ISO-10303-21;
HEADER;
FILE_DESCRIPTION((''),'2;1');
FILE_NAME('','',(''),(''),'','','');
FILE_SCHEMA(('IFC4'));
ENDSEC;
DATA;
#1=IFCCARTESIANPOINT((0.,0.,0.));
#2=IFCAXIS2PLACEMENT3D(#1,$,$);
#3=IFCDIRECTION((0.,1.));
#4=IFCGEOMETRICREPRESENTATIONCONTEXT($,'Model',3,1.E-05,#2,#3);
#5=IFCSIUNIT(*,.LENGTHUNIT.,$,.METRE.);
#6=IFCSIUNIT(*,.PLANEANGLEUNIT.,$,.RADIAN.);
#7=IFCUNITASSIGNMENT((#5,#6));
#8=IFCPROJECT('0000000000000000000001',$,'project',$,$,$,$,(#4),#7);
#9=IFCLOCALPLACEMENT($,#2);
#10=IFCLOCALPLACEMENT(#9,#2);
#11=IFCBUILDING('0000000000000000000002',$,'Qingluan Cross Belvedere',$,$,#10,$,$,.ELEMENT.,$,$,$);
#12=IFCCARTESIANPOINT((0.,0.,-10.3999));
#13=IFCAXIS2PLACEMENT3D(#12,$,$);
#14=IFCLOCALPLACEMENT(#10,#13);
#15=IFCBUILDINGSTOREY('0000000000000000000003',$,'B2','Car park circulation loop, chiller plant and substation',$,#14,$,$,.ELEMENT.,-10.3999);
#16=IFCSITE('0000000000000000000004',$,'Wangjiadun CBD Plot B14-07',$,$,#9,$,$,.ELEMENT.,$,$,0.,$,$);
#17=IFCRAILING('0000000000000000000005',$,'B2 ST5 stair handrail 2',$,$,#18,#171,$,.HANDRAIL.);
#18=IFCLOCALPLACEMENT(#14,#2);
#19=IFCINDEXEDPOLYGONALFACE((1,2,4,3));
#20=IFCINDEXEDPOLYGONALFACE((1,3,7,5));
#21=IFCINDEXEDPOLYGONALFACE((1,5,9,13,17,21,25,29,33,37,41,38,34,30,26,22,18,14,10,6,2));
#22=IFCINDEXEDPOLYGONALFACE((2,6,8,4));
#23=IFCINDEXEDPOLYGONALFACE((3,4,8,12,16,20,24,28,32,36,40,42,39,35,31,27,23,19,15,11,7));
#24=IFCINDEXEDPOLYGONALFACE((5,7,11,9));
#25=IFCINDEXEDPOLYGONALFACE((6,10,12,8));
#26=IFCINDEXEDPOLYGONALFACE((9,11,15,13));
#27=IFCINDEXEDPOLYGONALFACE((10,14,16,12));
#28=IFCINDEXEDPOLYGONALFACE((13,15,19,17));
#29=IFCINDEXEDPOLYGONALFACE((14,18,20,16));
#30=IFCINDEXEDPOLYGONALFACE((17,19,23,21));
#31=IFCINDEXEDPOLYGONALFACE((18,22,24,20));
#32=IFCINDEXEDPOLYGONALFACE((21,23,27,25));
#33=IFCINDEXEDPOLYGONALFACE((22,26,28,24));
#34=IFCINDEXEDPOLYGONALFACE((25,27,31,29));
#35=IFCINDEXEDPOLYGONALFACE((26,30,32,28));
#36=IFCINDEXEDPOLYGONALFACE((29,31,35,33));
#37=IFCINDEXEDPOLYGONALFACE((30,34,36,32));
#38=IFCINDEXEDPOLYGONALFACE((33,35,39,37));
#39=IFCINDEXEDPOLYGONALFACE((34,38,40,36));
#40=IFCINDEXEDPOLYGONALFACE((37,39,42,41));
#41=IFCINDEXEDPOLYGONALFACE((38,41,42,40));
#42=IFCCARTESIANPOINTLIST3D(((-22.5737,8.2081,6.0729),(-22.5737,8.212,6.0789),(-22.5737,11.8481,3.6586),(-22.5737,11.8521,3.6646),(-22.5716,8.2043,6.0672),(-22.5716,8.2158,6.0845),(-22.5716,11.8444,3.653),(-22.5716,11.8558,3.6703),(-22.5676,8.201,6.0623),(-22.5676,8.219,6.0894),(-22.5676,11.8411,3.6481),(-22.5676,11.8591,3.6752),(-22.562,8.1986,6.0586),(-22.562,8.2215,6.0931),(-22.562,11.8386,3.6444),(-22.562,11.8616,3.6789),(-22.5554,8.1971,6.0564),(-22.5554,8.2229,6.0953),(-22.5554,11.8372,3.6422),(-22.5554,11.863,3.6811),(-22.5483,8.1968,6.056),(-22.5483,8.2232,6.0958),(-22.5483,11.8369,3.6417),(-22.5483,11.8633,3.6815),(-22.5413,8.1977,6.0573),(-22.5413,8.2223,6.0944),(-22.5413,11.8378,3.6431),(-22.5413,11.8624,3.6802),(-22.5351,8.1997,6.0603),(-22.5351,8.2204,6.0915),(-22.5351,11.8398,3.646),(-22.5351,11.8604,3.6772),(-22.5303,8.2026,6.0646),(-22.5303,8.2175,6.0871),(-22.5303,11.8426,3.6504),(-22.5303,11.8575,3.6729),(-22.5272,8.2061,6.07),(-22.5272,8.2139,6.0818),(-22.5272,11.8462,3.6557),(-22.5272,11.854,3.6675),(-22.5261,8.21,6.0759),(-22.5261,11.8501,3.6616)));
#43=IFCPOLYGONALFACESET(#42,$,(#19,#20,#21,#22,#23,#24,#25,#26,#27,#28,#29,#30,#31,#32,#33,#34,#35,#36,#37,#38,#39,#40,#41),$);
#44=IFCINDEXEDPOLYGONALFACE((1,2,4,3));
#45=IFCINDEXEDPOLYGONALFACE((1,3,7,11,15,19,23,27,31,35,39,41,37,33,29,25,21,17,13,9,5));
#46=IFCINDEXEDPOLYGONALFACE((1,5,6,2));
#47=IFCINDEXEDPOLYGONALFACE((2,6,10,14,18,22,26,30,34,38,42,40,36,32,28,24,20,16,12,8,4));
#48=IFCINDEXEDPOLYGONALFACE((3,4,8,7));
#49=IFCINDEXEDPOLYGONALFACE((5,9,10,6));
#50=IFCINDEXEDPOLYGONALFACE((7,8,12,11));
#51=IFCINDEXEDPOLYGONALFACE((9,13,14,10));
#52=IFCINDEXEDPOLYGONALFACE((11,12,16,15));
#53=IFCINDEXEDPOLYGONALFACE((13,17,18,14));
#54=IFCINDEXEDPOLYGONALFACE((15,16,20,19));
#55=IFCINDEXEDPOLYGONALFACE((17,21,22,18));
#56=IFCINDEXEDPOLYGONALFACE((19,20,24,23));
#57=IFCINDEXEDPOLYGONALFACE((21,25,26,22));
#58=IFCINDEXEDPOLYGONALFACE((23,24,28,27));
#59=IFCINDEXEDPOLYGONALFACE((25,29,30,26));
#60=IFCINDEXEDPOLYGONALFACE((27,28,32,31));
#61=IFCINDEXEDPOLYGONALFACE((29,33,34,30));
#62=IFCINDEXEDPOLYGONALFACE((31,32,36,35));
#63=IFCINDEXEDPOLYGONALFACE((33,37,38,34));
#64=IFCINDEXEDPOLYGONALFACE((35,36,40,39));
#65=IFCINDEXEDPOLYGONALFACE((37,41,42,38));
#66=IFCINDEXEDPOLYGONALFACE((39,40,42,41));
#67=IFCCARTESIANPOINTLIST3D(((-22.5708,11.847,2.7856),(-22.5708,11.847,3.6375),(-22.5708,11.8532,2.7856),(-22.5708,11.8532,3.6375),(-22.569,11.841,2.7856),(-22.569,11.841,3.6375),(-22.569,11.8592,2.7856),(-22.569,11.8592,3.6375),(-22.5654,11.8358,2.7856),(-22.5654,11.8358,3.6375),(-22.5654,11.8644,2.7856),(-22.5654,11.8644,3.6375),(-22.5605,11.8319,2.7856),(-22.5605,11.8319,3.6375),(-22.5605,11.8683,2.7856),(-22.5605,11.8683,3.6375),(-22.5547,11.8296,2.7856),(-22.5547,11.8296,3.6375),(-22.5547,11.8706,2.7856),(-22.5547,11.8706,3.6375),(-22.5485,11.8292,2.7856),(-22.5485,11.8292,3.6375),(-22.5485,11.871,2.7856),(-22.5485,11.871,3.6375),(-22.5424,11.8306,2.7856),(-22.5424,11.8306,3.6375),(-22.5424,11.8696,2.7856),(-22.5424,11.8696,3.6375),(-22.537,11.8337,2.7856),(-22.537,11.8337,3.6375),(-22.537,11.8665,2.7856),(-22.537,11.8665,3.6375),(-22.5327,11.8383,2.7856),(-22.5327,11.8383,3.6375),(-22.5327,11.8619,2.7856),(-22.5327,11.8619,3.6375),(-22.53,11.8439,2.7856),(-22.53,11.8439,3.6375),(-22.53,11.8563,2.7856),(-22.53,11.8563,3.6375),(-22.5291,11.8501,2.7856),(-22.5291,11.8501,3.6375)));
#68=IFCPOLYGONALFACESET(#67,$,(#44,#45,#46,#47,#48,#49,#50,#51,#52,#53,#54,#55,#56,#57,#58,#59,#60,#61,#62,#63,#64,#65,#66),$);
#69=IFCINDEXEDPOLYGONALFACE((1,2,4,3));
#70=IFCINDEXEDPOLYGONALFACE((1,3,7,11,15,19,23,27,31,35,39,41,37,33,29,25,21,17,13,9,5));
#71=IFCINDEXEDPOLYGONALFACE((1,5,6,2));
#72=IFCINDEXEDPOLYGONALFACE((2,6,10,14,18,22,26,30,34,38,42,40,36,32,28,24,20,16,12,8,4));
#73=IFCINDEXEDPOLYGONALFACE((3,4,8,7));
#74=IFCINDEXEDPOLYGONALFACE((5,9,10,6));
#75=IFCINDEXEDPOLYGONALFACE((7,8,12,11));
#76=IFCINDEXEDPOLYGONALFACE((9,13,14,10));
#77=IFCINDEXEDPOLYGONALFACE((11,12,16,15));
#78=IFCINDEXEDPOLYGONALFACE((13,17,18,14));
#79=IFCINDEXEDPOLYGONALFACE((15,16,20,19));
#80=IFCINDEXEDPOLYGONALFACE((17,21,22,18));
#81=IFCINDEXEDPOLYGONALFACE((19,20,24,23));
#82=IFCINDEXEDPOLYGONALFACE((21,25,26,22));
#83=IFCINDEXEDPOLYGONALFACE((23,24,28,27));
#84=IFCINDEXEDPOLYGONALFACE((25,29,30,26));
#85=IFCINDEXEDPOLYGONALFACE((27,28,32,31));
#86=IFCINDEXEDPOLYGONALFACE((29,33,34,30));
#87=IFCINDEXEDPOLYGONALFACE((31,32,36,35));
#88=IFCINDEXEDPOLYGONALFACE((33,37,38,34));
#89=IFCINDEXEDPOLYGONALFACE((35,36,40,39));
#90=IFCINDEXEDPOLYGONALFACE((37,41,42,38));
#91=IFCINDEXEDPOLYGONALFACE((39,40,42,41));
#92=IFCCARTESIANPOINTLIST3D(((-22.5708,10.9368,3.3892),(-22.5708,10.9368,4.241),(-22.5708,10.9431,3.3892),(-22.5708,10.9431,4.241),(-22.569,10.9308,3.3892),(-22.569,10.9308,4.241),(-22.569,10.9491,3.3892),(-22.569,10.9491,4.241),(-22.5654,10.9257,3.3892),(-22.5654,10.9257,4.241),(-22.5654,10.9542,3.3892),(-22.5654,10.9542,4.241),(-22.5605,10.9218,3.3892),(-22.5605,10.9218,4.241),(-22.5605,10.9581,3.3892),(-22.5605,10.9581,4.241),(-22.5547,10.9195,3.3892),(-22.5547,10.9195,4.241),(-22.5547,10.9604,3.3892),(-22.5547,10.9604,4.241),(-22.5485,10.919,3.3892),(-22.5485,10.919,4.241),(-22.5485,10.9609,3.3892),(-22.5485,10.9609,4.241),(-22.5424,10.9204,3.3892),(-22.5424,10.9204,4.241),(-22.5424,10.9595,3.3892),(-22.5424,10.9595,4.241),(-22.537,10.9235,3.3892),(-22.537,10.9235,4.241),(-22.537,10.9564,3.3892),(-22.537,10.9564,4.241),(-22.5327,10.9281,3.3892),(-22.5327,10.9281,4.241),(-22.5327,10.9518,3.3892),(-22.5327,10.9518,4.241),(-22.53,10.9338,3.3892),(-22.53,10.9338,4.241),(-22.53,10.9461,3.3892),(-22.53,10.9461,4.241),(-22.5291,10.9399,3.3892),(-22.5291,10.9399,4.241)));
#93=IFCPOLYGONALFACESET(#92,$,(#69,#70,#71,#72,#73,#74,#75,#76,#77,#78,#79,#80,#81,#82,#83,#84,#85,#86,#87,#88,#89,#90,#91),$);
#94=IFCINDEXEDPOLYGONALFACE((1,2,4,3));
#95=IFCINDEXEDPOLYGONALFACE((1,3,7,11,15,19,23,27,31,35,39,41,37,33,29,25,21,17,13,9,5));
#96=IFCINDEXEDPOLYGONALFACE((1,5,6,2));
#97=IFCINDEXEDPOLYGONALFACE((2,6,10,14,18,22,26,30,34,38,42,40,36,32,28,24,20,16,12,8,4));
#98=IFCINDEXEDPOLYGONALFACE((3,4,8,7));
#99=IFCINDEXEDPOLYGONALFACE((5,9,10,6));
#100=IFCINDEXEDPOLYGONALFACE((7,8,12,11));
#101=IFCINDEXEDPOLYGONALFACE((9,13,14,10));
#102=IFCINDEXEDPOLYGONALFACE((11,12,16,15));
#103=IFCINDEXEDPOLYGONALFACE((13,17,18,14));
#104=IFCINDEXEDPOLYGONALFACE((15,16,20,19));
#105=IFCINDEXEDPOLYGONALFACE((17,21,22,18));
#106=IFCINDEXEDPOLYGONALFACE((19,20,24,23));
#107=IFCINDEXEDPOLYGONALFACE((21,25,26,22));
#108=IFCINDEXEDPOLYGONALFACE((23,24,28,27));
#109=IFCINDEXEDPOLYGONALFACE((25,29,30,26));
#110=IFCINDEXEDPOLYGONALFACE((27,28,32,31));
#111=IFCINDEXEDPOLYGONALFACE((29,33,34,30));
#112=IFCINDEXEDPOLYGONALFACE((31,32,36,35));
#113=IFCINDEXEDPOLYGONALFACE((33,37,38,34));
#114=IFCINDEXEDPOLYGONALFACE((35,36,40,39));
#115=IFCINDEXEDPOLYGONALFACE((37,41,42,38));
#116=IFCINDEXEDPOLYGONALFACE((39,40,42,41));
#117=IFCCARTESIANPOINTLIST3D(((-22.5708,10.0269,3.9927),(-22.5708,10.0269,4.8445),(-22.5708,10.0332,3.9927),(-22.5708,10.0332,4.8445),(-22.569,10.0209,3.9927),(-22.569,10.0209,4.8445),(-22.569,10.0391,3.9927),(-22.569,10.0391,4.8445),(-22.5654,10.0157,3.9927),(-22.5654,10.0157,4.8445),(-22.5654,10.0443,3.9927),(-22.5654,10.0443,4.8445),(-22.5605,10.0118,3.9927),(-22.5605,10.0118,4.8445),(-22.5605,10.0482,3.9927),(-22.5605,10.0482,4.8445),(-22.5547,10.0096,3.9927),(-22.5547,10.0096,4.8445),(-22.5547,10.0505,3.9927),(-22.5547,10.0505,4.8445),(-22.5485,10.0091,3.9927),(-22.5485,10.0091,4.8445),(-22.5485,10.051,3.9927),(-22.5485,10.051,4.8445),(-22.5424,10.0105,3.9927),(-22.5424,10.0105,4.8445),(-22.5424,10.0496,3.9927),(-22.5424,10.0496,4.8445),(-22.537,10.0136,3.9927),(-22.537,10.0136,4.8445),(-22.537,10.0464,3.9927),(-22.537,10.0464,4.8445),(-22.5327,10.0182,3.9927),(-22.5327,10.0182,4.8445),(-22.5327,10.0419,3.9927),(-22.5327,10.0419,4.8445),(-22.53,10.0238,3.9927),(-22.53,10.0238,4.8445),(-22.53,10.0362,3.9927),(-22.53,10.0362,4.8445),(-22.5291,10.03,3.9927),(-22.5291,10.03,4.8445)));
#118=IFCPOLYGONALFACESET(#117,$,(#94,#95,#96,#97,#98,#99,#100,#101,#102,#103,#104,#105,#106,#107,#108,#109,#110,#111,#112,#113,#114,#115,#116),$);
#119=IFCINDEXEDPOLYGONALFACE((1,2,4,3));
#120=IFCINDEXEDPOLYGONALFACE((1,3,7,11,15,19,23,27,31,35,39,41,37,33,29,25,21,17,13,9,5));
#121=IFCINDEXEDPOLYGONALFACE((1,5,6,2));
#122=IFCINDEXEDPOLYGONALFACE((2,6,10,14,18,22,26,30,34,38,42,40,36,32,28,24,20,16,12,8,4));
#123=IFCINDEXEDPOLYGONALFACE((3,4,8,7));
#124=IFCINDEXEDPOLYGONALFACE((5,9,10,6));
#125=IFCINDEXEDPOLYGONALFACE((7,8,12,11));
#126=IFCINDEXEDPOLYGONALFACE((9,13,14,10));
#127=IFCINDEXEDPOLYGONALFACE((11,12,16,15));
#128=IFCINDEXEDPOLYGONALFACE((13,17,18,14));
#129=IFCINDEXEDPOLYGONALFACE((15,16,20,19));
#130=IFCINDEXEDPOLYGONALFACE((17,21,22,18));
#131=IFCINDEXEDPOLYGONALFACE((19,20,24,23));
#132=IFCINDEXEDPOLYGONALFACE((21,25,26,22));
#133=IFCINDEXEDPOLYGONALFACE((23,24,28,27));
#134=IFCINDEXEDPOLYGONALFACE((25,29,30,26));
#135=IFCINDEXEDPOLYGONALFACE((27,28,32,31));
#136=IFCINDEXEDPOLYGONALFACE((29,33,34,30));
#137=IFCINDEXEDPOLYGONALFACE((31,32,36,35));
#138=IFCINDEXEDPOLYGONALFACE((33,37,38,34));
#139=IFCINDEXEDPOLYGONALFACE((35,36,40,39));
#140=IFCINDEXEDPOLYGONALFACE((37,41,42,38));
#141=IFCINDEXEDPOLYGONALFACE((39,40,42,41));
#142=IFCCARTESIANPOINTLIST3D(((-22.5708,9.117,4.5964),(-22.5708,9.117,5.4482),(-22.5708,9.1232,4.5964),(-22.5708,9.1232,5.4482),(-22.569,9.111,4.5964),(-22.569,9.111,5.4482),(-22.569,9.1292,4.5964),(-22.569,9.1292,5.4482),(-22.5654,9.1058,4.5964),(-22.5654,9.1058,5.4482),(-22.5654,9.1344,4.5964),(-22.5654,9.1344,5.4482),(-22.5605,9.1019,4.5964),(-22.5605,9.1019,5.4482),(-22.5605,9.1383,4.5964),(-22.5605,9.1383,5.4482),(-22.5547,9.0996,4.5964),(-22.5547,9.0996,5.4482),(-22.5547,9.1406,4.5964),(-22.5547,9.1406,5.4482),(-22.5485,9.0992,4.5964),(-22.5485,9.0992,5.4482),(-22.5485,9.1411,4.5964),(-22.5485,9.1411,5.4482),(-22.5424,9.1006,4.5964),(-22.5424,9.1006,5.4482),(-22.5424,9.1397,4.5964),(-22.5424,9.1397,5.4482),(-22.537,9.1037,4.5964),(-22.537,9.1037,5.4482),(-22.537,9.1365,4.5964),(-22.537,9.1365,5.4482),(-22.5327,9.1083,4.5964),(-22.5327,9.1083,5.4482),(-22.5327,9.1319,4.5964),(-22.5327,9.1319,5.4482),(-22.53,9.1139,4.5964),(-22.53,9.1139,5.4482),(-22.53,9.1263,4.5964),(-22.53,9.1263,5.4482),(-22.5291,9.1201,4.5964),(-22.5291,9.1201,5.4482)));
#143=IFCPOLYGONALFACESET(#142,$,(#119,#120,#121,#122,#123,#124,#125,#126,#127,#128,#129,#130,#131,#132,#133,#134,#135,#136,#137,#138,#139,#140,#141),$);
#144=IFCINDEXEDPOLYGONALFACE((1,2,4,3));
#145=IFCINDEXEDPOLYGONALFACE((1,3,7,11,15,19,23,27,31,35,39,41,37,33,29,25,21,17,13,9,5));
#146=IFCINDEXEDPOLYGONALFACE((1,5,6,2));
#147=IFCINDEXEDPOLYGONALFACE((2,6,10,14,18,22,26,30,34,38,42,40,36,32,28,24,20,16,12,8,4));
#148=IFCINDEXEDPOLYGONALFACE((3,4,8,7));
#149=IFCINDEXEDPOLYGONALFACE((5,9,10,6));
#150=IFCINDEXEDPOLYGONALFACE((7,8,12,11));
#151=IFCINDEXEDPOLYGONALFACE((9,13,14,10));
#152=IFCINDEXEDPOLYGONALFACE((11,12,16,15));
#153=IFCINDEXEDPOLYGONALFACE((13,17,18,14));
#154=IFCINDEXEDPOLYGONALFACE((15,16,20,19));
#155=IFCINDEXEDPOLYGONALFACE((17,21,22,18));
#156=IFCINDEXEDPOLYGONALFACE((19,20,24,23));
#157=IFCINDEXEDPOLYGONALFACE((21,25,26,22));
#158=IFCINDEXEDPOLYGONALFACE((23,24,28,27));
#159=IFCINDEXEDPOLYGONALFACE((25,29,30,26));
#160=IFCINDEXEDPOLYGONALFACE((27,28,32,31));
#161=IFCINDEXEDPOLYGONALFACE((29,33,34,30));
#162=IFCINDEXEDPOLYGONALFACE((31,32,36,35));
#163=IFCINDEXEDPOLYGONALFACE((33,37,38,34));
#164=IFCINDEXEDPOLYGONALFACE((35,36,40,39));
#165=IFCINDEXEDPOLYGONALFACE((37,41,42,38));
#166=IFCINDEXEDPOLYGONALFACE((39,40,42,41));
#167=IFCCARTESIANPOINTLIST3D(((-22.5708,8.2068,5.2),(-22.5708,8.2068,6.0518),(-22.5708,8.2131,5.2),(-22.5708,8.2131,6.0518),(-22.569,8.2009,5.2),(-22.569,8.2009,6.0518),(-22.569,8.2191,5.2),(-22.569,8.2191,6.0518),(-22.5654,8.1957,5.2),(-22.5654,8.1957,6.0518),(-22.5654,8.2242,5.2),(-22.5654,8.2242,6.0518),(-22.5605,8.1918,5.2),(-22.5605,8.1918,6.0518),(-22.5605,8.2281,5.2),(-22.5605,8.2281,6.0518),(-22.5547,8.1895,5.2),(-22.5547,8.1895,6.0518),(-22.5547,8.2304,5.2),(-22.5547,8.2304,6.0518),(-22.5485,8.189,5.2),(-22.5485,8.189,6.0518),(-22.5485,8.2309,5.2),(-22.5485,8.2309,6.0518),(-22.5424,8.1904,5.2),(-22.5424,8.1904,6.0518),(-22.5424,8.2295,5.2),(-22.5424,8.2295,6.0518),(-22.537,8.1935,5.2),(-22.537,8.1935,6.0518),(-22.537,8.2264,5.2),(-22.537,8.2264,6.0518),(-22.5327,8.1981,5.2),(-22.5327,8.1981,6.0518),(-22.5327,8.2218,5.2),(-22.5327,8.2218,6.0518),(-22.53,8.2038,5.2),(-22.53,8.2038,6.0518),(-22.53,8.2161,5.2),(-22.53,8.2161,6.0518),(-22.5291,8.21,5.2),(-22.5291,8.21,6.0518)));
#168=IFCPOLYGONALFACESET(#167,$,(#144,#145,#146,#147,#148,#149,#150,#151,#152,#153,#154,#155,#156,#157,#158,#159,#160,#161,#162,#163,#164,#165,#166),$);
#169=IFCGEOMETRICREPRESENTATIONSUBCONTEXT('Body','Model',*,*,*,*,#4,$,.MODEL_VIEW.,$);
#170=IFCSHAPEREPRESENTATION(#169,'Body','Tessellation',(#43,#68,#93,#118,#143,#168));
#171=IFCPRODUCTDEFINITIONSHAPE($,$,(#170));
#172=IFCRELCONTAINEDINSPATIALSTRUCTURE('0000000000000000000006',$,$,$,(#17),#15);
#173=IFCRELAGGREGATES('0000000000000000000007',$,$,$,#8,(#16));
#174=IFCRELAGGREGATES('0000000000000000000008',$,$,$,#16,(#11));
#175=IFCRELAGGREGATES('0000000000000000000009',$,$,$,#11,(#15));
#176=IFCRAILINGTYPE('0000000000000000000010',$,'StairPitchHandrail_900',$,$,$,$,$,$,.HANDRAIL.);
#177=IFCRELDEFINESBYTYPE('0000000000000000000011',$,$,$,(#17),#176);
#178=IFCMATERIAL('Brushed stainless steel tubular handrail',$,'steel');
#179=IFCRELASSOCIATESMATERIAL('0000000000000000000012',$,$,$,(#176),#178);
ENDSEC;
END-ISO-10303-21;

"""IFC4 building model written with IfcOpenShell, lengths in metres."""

from ifc_helpers import new_model, si_unit, direction, frame, origin, origin_2d, place, context, subcontext, project, spatial, circle, extrude, material, type_object, element, save


model = new_model("IFC4")

# Units and contexts
model_context = context("Model", 3, precision=1e-05, world=origin(), true_north=direction((0.0, 1.0)))
body_context = subcontext(model_context, "Body", "Model", "MODEL_VIEW")
ifc_project = project(units=[si_unit("LENGTHUNIT", "METRE"), si_unit("PLANEANGLEUNIT", "RADIAN")], contexts=[model_context])

# Site, building, storey
site_placement = place(None, origin())
site = spatial("IfcSite", under=ifc_project, at=site_placement, Name="Wangjiadun CBD Plot B14-07", CompositionType="ELEMENT", RefElevation=0.0)
building_placement = place(site_placement, origin())
building = spatial("IfcBuilding", under=site, at=building_placement, Name="Qingluan Cross Belvedere", CompositionType="ELEMENT")
storey_placement = place(building_placement, frame((0.0, 0.0, -10.3999)))
storey = spatial("IfcBuildingStorey", under=building, at=storey_placement, Name="B2", Description="Car park circulation loop, chiller plant and substation", CompositionType="ELEMENT", Elevation=-10.3999)

# Railing
ifc_material_1 = material(Name="Brushed stainless steel tubular handrail", Category="steel")
railing_type_1 = type_object("IfcRailingType", Name="StairPitchHandrail_900", PredefinedType="HANDRAIL", material=ifc_material_1)
railing_1_placement = place(storey_placement, frame((-22.55, 11.8501, 2.7856)))
element("IfcRailing", 1, at=railing_1_placement, inside=storey, type_object=railing_type_1, Name="B2 ST5 stair handrail 2", PredefinedType="HANDRAIL", context=body_context, shape_type="SweptSolid", body=[
    extrude(circle(Radius=0.0239, at=origin_2d()), frame((0.0, 0.0, 0.876), z_axis=(0.0, -0.833364, 0.552725), x_axis=(1.0, 0.0, 0.0)), (0.0, 0.0, 1.0), 4.3679),
    extrude(circle(Radius=0.021, at=origin_2d()), origin(), (0.0, 0.0, 1.0), 0.8518),
    extrude(circle(Radius=0.021, at=origin_2d()), frame((0.0, -0.9102, 0.6035)), (0.0, 0.0, 1.0), 0.8518),
    extrude(circle(Radius=0.021, at=origin_2d()), frame((0.0, -1.8201, 1.207)), (0.0, 0.0, 1.0), 0.8518),
    extrude(circle(Radius=0.021, at=origin_2d()), frame((0.0, -2.73, 1.8108)), (0.0, 0.0, 1.0), 0.8518),
    extrude(circle(Radius=0.021, at=origin_2d()), frame((0.0, -3.6401, 2.4143)), (0.0, 0.0, 1.0), 0.8518),
])

save(model, "model.ifc")
